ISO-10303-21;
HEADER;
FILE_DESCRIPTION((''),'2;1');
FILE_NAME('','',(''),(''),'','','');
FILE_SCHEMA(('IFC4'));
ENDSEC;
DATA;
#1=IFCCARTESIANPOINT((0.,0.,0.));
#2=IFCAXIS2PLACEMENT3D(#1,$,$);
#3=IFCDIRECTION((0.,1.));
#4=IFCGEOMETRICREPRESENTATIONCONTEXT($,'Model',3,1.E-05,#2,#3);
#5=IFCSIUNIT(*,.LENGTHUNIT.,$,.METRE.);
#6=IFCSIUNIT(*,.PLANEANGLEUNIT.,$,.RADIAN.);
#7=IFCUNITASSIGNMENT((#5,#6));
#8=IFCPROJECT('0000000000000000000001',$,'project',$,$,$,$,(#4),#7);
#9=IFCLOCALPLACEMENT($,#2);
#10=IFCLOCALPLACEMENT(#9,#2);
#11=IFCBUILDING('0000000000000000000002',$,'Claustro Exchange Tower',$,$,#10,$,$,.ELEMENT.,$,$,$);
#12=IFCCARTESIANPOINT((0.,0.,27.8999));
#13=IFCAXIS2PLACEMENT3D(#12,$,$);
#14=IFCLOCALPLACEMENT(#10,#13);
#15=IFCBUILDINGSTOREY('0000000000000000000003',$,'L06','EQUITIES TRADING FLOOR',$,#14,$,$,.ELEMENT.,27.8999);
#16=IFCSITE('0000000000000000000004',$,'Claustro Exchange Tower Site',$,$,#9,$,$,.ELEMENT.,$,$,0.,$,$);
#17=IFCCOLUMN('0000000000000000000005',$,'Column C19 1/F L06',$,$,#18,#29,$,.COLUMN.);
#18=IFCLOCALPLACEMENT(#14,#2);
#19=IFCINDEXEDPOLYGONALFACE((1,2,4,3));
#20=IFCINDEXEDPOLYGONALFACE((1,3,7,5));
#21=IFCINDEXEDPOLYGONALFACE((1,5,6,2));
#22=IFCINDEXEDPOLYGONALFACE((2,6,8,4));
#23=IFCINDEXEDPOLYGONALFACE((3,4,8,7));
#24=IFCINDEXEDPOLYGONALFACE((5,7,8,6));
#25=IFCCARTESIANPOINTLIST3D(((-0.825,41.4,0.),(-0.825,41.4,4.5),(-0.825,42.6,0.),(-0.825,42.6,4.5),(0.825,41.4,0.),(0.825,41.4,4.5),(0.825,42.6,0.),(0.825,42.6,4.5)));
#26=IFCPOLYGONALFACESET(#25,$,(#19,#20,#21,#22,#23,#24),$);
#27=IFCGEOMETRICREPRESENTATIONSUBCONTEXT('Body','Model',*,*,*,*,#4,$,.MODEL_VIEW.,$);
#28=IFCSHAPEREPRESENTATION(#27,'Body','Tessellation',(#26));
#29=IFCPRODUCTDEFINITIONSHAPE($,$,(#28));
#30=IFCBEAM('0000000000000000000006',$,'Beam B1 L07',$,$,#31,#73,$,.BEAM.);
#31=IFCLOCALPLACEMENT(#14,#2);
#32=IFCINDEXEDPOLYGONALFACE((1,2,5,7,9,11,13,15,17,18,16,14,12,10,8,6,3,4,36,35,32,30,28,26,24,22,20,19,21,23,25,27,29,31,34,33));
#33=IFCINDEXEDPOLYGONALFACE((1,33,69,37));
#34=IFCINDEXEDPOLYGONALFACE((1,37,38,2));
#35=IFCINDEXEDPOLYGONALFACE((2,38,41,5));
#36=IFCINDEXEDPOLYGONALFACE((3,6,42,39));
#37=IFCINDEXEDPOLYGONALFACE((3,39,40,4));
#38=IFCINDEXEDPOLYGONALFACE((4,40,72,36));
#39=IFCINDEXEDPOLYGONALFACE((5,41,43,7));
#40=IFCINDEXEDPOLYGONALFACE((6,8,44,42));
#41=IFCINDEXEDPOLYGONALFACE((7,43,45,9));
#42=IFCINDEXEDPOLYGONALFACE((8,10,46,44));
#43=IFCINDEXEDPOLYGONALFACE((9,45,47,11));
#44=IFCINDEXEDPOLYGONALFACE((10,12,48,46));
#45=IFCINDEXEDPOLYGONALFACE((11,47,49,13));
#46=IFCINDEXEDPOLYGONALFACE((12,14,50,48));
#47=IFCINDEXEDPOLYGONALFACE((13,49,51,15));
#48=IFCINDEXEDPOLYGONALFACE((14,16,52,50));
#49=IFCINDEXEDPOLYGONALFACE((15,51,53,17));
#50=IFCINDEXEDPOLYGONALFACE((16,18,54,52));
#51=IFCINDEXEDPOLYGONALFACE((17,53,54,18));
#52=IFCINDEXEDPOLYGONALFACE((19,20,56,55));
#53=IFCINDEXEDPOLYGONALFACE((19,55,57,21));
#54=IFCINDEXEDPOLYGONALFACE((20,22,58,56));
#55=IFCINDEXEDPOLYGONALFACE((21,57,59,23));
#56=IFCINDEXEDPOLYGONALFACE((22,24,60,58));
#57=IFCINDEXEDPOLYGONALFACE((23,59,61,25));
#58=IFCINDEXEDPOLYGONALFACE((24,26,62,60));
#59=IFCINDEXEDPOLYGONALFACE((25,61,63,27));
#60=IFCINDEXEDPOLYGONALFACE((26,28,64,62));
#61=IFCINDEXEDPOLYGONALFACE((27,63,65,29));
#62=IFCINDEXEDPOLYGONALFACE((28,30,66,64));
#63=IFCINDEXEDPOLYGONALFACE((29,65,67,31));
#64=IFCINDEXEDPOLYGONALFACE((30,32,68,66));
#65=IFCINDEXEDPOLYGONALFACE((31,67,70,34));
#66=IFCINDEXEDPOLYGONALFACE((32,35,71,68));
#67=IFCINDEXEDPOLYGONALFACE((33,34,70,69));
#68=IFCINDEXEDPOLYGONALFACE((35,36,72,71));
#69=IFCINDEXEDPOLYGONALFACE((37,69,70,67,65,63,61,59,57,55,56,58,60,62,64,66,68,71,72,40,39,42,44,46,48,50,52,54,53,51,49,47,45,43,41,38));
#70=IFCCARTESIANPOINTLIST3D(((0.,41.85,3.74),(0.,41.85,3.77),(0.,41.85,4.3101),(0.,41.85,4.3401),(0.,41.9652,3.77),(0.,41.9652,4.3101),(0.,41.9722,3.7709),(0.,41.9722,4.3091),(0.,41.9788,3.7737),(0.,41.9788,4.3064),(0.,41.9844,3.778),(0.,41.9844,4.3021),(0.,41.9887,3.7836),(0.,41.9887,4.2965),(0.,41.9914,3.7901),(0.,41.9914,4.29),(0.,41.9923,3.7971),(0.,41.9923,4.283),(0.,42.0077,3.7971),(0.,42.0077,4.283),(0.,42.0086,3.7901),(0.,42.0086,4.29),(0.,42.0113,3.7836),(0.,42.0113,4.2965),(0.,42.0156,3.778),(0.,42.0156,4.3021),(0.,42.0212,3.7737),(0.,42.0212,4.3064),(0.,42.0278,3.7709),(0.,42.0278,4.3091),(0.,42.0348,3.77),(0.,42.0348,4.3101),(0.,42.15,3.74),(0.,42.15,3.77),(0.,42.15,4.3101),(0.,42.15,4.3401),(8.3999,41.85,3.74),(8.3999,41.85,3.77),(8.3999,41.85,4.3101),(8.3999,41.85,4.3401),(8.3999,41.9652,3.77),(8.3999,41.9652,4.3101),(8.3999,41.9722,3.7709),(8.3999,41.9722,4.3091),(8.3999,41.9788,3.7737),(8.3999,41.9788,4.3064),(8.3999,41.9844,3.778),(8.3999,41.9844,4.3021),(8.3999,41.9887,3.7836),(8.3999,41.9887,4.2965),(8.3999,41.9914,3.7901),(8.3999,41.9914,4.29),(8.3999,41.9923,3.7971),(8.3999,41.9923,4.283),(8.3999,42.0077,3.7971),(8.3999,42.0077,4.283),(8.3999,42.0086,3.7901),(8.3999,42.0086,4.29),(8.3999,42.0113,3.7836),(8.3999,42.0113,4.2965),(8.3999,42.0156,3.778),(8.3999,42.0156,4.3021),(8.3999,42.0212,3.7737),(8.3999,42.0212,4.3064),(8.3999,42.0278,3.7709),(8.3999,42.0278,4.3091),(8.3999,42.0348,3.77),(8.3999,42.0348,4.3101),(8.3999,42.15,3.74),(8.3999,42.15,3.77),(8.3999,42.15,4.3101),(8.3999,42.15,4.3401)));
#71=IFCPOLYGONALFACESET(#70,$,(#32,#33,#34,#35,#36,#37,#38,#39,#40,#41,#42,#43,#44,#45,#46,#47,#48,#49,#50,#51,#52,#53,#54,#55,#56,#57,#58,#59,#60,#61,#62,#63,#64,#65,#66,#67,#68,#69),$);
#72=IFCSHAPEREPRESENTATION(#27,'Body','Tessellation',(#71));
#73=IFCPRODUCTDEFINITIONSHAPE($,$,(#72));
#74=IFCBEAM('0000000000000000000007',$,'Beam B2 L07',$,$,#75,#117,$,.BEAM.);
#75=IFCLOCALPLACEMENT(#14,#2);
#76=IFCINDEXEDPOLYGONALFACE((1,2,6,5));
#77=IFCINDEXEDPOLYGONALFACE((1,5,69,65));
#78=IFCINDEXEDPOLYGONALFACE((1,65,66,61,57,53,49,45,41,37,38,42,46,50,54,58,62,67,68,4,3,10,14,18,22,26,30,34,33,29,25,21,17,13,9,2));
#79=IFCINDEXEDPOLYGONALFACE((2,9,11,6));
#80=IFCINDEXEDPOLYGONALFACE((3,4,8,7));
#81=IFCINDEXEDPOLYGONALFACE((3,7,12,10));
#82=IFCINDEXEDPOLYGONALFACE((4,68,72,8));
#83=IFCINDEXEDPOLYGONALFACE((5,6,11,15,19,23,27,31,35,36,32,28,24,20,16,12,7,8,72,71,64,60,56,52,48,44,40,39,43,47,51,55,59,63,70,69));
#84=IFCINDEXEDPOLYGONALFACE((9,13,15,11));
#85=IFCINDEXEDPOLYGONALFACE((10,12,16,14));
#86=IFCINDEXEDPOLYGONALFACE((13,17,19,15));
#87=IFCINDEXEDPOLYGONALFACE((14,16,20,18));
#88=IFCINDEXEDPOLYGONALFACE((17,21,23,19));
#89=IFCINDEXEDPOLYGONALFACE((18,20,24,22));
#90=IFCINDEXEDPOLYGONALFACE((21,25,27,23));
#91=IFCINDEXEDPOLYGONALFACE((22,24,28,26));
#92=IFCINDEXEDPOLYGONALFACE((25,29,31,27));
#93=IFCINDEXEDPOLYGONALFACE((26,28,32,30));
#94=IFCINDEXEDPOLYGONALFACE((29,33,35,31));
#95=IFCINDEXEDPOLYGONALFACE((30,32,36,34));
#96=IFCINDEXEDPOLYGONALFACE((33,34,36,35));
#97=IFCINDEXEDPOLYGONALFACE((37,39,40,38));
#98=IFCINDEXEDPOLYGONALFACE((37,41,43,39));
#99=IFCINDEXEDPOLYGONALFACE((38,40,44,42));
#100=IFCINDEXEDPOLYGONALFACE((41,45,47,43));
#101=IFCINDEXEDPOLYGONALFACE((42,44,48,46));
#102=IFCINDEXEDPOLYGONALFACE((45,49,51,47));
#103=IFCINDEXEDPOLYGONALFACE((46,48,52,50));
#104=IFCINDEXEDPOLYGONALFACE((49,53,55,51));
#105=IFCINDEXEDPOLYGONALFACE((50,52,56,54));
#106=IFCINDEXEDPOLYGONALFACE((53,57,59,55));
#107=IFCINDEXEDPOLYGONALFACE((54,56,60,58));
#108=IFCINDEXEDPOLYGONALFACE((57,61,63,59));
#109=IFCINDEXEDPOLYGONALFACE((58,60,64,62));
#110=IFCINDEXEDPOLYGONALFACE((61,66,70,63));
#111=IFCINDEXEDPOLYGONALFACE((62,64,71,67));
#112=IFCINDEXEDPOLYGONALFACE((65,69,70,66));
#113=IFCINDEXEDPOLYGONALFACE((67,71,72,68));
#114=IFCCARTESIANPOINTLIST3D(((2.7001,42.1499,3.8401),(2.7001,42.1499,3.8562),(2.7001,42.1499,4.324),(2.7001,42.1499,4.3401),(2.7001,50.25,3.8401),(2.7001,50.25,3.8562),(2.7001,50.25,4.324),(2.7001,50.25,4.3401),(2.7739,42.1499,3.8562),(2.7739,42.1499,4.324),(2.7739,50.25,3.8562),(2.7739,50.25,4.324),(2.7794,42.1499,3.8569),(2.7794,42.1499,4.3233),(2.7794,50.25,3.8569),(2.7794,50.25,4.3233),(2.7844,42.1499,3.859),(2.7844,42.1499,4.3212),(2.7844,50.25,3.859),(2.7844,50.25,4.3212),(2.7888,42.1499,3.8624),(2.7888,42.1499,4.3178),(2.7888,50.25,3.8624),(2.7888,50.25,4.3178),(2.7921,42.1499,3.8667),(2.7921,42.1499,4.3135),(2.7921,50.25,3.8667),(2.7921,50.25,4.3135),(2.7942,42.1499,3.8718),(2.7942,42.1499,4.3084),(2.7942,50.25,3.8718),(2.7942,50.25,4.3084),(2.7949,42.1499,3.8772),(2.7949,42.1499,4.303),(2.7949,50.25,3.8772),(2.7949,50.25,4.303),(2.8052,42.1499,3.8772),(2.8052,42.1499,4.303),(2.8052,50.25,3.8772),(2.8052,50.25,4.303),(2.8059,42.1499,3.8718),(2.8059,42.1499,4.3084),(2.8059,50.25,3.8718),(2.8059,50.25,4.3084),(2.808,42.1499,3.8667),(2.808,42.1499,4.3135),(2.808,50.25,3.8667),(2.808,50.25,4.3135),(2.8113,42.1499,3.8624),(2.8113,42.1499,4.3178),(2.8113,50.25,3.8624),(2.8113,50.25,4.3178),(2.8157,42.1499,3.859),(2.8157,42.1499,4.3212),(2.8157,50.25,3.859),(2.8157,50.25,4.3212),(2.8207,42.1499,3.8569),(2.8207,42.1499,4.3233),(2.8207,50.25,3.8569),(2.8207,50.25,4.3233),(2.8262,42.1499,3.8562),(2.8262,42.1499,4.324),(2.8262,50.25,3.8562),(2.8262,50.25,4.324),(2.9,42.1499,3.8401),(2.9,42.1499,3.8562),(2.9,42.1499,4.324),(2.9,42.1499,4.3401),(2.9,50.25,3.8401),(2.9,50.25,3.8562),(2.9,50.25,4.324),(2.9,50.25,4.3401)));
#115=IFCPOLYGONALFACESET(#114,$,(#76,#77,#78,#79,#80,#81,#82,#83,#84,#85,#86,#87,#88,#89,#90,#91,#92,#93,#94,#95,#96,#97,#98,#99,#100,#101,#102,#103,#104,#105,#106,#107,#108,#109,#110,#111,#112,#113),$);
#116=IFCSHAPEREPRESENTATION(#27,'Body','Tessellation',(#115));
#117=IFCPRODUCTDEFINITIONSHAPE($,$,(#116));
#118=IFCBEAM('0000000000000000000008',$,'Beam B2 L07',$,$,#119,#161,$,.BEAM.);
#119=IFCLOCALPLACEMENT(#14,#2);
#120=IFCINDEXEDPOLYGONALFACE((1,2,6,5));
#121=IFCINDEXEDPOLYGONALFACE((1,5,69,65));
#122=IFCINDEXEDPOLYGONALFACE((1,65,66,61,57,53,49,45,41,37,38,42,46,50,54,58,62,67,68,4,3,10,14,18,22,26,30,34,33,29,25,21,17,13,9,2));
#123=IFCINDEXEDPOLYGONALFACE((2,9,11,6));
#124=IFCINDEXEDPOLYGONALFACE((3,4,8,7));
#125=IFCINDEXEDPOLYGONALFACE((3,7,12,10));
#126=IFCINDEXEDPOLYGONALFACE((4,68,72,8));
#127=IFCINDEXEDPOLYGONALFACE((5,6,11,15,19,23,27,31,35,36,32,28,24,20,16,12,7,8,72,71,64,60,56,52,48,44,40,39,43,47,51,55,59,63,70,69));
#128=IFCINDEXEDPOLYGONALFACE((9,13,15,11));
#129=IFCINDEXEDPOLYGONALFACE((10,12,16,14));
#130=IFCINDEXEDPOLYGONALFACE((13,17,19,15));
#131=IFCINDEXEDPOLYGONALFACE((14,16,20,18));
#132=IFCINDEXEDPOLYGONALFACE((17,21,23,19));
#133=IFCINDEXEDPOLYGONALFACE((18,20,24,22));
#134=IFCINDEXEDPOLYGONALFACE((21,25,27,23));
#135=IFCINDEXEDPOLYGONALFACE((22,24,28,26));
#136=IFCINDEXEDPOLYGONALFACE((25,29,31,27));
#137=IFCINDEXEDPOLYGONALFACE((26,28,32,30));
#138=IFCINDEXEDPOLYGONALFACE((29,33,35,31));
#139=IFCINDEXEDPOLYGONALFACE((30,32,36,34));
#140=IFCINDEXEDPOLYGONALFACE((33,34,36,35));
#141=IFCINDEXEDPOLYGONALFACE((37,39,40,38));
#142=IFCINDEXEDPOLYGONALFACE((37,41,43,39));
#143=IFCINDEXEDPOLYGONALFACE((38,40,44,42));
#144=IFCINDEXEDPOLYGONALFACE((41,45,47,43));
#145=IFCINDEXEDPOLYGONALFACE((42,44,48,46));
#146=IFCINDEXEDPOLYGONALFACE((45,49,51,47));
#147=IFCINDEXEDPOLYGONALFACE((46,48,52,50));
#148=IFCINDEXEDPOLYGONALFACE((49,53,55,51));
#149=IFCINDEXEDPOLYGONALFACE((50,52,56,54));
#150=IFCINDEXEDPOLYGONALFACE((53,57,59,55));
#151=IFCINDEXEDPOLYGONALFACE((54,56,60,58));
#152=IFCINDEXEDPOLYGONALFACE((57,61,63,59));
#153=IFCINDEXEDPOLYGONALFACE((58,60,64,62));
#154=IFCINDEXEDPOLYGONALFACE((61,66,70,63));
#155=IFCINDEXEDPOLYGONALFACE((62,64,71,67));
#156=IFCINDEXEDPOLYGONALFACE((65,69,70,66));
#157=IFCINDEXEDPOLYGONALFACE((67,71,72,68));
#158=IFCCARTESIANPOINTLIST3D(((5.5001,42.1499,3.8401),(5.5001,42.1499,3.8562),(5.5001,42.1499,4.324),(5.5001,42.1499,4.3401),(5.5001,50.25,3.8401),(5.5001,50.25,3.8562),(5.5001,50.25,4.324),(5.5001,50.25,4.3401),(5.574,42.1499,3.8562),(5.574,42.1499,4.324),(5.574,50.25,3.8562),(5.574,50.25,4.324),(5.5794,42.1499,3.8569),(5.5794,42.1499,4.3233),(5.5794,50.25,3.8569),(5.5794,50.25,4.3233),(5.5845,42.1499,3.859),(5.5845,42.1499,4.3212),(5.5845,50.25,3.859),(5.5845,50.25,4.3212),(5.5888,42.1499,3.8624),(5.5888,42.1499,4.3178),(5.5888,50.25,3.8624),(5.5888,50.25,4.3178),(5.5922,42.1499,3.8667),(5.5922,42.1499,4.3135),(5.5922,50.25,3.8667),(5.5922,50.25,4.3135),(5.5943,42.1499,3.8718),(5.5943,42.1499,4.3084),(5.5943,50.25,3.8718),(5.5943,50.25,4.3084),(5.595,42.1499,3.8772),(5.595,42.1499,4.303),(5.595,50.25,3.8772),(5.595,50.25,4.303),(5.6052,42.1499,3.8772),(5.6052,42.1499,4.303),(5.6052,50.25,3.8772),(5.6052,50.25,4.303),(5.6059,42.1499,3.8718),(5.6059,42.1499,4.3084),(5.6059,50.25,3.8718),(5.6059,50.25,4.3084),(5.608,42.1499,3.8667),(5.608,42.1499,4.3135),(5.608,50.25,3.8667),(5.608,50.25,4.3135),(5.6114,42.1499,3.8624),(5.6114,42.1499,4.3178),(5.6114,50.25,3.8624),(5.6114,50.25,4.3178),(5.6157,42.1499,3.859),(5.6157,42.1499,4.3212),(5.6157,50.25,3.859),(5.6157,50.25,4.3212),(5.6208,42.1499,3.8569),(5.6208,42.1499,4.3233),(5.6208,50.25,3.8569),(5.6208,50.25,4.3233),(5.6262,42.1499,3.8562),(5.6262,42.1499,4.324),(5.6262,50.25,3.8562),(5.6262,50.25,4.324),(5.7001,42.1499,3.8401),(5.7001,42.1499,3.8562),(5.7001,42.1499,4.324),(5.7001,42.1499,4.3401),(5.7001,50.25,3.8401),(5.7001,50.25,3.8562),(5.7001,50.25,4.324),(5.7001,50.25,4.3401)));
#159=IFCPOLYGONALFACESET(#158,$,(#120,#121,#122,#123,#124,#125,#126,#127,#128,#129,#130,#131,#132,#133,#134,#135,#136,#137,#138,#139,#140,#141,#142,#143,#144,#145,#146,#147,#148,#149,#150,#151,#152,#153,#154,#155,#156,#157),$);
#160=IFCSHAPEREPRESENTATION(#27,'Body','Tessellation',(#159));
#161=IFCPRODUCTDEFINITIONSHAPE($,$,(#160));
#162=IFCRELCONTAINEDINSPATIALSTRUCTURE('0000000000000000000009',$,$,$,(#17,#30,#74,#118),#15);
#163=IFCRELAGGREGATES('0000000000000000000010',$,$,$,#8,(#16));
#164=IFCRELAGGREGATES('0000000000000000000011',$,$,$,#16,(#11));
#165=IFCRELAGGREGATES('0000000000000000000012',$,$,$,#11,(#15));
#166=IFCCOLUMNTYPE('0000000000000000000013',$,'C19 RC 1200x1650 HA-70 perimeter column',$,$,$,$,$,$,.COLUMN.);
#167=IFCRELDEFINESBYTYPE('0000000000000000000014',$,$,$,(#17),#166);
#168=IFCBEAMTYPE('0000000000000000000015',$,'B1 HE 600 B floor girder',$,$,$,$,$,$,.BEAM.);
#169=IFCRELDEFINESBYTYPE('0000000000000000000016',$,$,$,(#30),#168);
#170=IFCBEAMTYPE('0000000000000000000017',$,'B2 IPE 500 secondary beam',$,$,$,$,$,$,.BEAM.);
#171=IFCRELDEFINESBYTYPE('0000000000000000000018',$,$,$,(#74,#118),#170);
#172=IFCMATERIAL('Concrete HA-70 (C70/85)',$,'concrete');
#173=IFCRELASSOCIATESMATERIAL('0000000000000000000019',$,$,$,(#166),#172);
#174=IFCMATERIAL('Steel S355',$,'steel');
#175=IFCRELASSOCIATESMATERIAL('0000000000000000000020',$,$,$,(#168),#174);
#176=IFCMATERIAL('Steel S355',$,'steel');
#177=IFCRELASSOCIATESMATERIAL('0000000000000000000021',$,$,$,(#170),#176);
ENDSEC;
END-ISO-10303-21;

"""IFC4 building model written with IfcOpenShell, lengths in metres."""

from ifc_helpers import new_model, si_unit, direction, frame, origin, origin_2d, place, context, subcontext, project, spatial, rectangle, i_section, extrude, material, material_profile, profile_set, type_object, element, save


model = new_model("IFC4")

# Units and contexts
model_context = context("Model", 3, precision=1e-05, world=origin(), true_north=direction((0.0, 1.0)))
body_context = subcontext(model_context, "Body", "Model", "MODEL_VIEW")
ifc_project = project(units=[si_unit("LENGTHUNIT", "METRE"), si_unit("PLANEANGLEUNIT", "RADIAN")], contexts=[model_context])

# Site, building, storey
site_placement = place(None, origin())
site = spatial("IfcSite", under=ifc_project, at=site_placement, Name="Claustro Exchange Tower Site", CompositionType="ELEMENT", RefElevation=0.0)
building_placement = place(site_placement, origin())
building = spatial("IfcBuilding", under=site, at=building_placement, Name="Claustro Exchange Tower", CompositionType="ELEMENT")
storey_placement = place(building_placement, frame((0.0, 0.0, 27.8999)))
storey = spatial("IfcBuildingStorey", under=building, at=storey_placement, Name="L06", Description="EQUITIES TRADING FLOOR", CompositionType="ELEMENT", Elevation=27.8999)

# Column
ifc_material_1 = material(Name="Concrete HA-70 (C70/85)", Category="concrete")
ifc_material_profile_1 = material_profile(ifc_material_1, rectangle(XDim=1.2, YDim=1.6499, at=origin_2d()), Name="RC 1200x1650")
ifc_profile_set_1 = profile_set([ifc_material_profile_1], Name="Concrete HA-70 (C70/85)")
column_type = type_object("IfcColumnType", Name="C19 RC 1200x1650 HA-70 perimeter column", PredefinedType="COLUMN", material=ifc_profile_set_1)
column_placement = place(storey_placement, frame((0.0, 42.0, 0.0), z_axis=(0.0, 0.0, 1.0), x_axis=(0.0, 1.0, 0.0)))
element("IfcColumn", 1, at=column_placement, inside=storey, type_object=column_type, Name="Column C19 1/F L06", PredefinedType="COLUMN", context=body_context, shape_type="SweptSolid", body=[
    extrude(rectangle(XDim=1.2, YDim=1.6499, at=origin_2d()), origin(), (0.0, 0.0, 1.0), 4.5),
])

# Beams
ifc_material_2 = material(Name="Steel S355", Category="steel")
ifc_material_profile_2 = material_profile(ifc_material_2, i_section(OverallWidth=0.3, OverallDepth=0.6001, WebThickness=0.0154, FlangeThickness=0.03, FilletRadius=0.0271, at=origin_2d()), Name="HE 600 B")
ifc_profile_set_2 = profile_set([ifc_material_profile_2], Name="Steel S355")
beam_type_1 = type_object("IfcBeamType", Name="B1 HE 600 B floor girder", PredefinedType="BEAM", material=ifc_profile_set_2)
beam_1_placement = place(storey_placement, frame((0.0, 42.0, 4.04), z_axis=(1.0, 0.0, 0.0), x_axis=(0.0, 1.0, 0.0)))
element("IfcBeam", 2, at=beam_1_placement, inside=storey, type_object=beam_type_1, Name="Beam B1 L07", PredefinedType="BEAM", context=body_context, shape_type="SweptSolid", body=[
    extrude(i_section(OverallWidth=0.3, OverallDepth=0.6001, WebThickness=0.0154, FlangeThickness=0.03, FilletRadius=0.0271, at=origin_2d()), origin(), (0.0, 0.0, 1.0), 8.3999),
])
ifc_material_3 = material(Name="Steel S355", Category="steel")
ifc_material_profile_3 = material_profile(ifc_material_3, i_section(OverallWidth=0.2, OverallDepth=0.5, WebThickness=0.0103, FlangeThickness=0.0161, FilletRadius=0.021, at=origin_2d()), Name="IPE 500")
ifc_profile_set_3 = profile_set([ifc_material_profile_3], Name="Steel S355")
beam_type_2 = type_object("IfcBeamType", Name="B2 IPE 500 secondary beam", PredefinedType="BEAM", material=ifc_profile_set_3)
for number, where, z_axis, x_axis, name in (
    (3, (2.8, 42.1499, 4.0901), (0.0, 1.0, 0.0), (-1.0, 0.0, 0.0), "Beam B2 L07"),
    (4, (5.6001, 42.1499, 4.0901), (0.0, 1.0, 0.0), (-1.0, 0.0, 0.0), "Beam B2 L07"),
):
    element("IfcBeam", number, at=place(storey_placement, frame(where, z_axis=z_axis, x_axis=x_axis)), inside=storey, type_object=beam_type_2, Name=name, PredefinedType="BEAM", context=body_context, shape_type="SweptSolid", body=[
        extrude(i_section(OverallWidth=0.2, OverallDepth=0.5, WebThickness=0.0103, FlangeThickness=0.0161, FilletRadius=0.021, at=origin_2d()), origin(), (0.0, 0.0, 1.0), 8.1001),
    ])

save(model, "model.ifc")
